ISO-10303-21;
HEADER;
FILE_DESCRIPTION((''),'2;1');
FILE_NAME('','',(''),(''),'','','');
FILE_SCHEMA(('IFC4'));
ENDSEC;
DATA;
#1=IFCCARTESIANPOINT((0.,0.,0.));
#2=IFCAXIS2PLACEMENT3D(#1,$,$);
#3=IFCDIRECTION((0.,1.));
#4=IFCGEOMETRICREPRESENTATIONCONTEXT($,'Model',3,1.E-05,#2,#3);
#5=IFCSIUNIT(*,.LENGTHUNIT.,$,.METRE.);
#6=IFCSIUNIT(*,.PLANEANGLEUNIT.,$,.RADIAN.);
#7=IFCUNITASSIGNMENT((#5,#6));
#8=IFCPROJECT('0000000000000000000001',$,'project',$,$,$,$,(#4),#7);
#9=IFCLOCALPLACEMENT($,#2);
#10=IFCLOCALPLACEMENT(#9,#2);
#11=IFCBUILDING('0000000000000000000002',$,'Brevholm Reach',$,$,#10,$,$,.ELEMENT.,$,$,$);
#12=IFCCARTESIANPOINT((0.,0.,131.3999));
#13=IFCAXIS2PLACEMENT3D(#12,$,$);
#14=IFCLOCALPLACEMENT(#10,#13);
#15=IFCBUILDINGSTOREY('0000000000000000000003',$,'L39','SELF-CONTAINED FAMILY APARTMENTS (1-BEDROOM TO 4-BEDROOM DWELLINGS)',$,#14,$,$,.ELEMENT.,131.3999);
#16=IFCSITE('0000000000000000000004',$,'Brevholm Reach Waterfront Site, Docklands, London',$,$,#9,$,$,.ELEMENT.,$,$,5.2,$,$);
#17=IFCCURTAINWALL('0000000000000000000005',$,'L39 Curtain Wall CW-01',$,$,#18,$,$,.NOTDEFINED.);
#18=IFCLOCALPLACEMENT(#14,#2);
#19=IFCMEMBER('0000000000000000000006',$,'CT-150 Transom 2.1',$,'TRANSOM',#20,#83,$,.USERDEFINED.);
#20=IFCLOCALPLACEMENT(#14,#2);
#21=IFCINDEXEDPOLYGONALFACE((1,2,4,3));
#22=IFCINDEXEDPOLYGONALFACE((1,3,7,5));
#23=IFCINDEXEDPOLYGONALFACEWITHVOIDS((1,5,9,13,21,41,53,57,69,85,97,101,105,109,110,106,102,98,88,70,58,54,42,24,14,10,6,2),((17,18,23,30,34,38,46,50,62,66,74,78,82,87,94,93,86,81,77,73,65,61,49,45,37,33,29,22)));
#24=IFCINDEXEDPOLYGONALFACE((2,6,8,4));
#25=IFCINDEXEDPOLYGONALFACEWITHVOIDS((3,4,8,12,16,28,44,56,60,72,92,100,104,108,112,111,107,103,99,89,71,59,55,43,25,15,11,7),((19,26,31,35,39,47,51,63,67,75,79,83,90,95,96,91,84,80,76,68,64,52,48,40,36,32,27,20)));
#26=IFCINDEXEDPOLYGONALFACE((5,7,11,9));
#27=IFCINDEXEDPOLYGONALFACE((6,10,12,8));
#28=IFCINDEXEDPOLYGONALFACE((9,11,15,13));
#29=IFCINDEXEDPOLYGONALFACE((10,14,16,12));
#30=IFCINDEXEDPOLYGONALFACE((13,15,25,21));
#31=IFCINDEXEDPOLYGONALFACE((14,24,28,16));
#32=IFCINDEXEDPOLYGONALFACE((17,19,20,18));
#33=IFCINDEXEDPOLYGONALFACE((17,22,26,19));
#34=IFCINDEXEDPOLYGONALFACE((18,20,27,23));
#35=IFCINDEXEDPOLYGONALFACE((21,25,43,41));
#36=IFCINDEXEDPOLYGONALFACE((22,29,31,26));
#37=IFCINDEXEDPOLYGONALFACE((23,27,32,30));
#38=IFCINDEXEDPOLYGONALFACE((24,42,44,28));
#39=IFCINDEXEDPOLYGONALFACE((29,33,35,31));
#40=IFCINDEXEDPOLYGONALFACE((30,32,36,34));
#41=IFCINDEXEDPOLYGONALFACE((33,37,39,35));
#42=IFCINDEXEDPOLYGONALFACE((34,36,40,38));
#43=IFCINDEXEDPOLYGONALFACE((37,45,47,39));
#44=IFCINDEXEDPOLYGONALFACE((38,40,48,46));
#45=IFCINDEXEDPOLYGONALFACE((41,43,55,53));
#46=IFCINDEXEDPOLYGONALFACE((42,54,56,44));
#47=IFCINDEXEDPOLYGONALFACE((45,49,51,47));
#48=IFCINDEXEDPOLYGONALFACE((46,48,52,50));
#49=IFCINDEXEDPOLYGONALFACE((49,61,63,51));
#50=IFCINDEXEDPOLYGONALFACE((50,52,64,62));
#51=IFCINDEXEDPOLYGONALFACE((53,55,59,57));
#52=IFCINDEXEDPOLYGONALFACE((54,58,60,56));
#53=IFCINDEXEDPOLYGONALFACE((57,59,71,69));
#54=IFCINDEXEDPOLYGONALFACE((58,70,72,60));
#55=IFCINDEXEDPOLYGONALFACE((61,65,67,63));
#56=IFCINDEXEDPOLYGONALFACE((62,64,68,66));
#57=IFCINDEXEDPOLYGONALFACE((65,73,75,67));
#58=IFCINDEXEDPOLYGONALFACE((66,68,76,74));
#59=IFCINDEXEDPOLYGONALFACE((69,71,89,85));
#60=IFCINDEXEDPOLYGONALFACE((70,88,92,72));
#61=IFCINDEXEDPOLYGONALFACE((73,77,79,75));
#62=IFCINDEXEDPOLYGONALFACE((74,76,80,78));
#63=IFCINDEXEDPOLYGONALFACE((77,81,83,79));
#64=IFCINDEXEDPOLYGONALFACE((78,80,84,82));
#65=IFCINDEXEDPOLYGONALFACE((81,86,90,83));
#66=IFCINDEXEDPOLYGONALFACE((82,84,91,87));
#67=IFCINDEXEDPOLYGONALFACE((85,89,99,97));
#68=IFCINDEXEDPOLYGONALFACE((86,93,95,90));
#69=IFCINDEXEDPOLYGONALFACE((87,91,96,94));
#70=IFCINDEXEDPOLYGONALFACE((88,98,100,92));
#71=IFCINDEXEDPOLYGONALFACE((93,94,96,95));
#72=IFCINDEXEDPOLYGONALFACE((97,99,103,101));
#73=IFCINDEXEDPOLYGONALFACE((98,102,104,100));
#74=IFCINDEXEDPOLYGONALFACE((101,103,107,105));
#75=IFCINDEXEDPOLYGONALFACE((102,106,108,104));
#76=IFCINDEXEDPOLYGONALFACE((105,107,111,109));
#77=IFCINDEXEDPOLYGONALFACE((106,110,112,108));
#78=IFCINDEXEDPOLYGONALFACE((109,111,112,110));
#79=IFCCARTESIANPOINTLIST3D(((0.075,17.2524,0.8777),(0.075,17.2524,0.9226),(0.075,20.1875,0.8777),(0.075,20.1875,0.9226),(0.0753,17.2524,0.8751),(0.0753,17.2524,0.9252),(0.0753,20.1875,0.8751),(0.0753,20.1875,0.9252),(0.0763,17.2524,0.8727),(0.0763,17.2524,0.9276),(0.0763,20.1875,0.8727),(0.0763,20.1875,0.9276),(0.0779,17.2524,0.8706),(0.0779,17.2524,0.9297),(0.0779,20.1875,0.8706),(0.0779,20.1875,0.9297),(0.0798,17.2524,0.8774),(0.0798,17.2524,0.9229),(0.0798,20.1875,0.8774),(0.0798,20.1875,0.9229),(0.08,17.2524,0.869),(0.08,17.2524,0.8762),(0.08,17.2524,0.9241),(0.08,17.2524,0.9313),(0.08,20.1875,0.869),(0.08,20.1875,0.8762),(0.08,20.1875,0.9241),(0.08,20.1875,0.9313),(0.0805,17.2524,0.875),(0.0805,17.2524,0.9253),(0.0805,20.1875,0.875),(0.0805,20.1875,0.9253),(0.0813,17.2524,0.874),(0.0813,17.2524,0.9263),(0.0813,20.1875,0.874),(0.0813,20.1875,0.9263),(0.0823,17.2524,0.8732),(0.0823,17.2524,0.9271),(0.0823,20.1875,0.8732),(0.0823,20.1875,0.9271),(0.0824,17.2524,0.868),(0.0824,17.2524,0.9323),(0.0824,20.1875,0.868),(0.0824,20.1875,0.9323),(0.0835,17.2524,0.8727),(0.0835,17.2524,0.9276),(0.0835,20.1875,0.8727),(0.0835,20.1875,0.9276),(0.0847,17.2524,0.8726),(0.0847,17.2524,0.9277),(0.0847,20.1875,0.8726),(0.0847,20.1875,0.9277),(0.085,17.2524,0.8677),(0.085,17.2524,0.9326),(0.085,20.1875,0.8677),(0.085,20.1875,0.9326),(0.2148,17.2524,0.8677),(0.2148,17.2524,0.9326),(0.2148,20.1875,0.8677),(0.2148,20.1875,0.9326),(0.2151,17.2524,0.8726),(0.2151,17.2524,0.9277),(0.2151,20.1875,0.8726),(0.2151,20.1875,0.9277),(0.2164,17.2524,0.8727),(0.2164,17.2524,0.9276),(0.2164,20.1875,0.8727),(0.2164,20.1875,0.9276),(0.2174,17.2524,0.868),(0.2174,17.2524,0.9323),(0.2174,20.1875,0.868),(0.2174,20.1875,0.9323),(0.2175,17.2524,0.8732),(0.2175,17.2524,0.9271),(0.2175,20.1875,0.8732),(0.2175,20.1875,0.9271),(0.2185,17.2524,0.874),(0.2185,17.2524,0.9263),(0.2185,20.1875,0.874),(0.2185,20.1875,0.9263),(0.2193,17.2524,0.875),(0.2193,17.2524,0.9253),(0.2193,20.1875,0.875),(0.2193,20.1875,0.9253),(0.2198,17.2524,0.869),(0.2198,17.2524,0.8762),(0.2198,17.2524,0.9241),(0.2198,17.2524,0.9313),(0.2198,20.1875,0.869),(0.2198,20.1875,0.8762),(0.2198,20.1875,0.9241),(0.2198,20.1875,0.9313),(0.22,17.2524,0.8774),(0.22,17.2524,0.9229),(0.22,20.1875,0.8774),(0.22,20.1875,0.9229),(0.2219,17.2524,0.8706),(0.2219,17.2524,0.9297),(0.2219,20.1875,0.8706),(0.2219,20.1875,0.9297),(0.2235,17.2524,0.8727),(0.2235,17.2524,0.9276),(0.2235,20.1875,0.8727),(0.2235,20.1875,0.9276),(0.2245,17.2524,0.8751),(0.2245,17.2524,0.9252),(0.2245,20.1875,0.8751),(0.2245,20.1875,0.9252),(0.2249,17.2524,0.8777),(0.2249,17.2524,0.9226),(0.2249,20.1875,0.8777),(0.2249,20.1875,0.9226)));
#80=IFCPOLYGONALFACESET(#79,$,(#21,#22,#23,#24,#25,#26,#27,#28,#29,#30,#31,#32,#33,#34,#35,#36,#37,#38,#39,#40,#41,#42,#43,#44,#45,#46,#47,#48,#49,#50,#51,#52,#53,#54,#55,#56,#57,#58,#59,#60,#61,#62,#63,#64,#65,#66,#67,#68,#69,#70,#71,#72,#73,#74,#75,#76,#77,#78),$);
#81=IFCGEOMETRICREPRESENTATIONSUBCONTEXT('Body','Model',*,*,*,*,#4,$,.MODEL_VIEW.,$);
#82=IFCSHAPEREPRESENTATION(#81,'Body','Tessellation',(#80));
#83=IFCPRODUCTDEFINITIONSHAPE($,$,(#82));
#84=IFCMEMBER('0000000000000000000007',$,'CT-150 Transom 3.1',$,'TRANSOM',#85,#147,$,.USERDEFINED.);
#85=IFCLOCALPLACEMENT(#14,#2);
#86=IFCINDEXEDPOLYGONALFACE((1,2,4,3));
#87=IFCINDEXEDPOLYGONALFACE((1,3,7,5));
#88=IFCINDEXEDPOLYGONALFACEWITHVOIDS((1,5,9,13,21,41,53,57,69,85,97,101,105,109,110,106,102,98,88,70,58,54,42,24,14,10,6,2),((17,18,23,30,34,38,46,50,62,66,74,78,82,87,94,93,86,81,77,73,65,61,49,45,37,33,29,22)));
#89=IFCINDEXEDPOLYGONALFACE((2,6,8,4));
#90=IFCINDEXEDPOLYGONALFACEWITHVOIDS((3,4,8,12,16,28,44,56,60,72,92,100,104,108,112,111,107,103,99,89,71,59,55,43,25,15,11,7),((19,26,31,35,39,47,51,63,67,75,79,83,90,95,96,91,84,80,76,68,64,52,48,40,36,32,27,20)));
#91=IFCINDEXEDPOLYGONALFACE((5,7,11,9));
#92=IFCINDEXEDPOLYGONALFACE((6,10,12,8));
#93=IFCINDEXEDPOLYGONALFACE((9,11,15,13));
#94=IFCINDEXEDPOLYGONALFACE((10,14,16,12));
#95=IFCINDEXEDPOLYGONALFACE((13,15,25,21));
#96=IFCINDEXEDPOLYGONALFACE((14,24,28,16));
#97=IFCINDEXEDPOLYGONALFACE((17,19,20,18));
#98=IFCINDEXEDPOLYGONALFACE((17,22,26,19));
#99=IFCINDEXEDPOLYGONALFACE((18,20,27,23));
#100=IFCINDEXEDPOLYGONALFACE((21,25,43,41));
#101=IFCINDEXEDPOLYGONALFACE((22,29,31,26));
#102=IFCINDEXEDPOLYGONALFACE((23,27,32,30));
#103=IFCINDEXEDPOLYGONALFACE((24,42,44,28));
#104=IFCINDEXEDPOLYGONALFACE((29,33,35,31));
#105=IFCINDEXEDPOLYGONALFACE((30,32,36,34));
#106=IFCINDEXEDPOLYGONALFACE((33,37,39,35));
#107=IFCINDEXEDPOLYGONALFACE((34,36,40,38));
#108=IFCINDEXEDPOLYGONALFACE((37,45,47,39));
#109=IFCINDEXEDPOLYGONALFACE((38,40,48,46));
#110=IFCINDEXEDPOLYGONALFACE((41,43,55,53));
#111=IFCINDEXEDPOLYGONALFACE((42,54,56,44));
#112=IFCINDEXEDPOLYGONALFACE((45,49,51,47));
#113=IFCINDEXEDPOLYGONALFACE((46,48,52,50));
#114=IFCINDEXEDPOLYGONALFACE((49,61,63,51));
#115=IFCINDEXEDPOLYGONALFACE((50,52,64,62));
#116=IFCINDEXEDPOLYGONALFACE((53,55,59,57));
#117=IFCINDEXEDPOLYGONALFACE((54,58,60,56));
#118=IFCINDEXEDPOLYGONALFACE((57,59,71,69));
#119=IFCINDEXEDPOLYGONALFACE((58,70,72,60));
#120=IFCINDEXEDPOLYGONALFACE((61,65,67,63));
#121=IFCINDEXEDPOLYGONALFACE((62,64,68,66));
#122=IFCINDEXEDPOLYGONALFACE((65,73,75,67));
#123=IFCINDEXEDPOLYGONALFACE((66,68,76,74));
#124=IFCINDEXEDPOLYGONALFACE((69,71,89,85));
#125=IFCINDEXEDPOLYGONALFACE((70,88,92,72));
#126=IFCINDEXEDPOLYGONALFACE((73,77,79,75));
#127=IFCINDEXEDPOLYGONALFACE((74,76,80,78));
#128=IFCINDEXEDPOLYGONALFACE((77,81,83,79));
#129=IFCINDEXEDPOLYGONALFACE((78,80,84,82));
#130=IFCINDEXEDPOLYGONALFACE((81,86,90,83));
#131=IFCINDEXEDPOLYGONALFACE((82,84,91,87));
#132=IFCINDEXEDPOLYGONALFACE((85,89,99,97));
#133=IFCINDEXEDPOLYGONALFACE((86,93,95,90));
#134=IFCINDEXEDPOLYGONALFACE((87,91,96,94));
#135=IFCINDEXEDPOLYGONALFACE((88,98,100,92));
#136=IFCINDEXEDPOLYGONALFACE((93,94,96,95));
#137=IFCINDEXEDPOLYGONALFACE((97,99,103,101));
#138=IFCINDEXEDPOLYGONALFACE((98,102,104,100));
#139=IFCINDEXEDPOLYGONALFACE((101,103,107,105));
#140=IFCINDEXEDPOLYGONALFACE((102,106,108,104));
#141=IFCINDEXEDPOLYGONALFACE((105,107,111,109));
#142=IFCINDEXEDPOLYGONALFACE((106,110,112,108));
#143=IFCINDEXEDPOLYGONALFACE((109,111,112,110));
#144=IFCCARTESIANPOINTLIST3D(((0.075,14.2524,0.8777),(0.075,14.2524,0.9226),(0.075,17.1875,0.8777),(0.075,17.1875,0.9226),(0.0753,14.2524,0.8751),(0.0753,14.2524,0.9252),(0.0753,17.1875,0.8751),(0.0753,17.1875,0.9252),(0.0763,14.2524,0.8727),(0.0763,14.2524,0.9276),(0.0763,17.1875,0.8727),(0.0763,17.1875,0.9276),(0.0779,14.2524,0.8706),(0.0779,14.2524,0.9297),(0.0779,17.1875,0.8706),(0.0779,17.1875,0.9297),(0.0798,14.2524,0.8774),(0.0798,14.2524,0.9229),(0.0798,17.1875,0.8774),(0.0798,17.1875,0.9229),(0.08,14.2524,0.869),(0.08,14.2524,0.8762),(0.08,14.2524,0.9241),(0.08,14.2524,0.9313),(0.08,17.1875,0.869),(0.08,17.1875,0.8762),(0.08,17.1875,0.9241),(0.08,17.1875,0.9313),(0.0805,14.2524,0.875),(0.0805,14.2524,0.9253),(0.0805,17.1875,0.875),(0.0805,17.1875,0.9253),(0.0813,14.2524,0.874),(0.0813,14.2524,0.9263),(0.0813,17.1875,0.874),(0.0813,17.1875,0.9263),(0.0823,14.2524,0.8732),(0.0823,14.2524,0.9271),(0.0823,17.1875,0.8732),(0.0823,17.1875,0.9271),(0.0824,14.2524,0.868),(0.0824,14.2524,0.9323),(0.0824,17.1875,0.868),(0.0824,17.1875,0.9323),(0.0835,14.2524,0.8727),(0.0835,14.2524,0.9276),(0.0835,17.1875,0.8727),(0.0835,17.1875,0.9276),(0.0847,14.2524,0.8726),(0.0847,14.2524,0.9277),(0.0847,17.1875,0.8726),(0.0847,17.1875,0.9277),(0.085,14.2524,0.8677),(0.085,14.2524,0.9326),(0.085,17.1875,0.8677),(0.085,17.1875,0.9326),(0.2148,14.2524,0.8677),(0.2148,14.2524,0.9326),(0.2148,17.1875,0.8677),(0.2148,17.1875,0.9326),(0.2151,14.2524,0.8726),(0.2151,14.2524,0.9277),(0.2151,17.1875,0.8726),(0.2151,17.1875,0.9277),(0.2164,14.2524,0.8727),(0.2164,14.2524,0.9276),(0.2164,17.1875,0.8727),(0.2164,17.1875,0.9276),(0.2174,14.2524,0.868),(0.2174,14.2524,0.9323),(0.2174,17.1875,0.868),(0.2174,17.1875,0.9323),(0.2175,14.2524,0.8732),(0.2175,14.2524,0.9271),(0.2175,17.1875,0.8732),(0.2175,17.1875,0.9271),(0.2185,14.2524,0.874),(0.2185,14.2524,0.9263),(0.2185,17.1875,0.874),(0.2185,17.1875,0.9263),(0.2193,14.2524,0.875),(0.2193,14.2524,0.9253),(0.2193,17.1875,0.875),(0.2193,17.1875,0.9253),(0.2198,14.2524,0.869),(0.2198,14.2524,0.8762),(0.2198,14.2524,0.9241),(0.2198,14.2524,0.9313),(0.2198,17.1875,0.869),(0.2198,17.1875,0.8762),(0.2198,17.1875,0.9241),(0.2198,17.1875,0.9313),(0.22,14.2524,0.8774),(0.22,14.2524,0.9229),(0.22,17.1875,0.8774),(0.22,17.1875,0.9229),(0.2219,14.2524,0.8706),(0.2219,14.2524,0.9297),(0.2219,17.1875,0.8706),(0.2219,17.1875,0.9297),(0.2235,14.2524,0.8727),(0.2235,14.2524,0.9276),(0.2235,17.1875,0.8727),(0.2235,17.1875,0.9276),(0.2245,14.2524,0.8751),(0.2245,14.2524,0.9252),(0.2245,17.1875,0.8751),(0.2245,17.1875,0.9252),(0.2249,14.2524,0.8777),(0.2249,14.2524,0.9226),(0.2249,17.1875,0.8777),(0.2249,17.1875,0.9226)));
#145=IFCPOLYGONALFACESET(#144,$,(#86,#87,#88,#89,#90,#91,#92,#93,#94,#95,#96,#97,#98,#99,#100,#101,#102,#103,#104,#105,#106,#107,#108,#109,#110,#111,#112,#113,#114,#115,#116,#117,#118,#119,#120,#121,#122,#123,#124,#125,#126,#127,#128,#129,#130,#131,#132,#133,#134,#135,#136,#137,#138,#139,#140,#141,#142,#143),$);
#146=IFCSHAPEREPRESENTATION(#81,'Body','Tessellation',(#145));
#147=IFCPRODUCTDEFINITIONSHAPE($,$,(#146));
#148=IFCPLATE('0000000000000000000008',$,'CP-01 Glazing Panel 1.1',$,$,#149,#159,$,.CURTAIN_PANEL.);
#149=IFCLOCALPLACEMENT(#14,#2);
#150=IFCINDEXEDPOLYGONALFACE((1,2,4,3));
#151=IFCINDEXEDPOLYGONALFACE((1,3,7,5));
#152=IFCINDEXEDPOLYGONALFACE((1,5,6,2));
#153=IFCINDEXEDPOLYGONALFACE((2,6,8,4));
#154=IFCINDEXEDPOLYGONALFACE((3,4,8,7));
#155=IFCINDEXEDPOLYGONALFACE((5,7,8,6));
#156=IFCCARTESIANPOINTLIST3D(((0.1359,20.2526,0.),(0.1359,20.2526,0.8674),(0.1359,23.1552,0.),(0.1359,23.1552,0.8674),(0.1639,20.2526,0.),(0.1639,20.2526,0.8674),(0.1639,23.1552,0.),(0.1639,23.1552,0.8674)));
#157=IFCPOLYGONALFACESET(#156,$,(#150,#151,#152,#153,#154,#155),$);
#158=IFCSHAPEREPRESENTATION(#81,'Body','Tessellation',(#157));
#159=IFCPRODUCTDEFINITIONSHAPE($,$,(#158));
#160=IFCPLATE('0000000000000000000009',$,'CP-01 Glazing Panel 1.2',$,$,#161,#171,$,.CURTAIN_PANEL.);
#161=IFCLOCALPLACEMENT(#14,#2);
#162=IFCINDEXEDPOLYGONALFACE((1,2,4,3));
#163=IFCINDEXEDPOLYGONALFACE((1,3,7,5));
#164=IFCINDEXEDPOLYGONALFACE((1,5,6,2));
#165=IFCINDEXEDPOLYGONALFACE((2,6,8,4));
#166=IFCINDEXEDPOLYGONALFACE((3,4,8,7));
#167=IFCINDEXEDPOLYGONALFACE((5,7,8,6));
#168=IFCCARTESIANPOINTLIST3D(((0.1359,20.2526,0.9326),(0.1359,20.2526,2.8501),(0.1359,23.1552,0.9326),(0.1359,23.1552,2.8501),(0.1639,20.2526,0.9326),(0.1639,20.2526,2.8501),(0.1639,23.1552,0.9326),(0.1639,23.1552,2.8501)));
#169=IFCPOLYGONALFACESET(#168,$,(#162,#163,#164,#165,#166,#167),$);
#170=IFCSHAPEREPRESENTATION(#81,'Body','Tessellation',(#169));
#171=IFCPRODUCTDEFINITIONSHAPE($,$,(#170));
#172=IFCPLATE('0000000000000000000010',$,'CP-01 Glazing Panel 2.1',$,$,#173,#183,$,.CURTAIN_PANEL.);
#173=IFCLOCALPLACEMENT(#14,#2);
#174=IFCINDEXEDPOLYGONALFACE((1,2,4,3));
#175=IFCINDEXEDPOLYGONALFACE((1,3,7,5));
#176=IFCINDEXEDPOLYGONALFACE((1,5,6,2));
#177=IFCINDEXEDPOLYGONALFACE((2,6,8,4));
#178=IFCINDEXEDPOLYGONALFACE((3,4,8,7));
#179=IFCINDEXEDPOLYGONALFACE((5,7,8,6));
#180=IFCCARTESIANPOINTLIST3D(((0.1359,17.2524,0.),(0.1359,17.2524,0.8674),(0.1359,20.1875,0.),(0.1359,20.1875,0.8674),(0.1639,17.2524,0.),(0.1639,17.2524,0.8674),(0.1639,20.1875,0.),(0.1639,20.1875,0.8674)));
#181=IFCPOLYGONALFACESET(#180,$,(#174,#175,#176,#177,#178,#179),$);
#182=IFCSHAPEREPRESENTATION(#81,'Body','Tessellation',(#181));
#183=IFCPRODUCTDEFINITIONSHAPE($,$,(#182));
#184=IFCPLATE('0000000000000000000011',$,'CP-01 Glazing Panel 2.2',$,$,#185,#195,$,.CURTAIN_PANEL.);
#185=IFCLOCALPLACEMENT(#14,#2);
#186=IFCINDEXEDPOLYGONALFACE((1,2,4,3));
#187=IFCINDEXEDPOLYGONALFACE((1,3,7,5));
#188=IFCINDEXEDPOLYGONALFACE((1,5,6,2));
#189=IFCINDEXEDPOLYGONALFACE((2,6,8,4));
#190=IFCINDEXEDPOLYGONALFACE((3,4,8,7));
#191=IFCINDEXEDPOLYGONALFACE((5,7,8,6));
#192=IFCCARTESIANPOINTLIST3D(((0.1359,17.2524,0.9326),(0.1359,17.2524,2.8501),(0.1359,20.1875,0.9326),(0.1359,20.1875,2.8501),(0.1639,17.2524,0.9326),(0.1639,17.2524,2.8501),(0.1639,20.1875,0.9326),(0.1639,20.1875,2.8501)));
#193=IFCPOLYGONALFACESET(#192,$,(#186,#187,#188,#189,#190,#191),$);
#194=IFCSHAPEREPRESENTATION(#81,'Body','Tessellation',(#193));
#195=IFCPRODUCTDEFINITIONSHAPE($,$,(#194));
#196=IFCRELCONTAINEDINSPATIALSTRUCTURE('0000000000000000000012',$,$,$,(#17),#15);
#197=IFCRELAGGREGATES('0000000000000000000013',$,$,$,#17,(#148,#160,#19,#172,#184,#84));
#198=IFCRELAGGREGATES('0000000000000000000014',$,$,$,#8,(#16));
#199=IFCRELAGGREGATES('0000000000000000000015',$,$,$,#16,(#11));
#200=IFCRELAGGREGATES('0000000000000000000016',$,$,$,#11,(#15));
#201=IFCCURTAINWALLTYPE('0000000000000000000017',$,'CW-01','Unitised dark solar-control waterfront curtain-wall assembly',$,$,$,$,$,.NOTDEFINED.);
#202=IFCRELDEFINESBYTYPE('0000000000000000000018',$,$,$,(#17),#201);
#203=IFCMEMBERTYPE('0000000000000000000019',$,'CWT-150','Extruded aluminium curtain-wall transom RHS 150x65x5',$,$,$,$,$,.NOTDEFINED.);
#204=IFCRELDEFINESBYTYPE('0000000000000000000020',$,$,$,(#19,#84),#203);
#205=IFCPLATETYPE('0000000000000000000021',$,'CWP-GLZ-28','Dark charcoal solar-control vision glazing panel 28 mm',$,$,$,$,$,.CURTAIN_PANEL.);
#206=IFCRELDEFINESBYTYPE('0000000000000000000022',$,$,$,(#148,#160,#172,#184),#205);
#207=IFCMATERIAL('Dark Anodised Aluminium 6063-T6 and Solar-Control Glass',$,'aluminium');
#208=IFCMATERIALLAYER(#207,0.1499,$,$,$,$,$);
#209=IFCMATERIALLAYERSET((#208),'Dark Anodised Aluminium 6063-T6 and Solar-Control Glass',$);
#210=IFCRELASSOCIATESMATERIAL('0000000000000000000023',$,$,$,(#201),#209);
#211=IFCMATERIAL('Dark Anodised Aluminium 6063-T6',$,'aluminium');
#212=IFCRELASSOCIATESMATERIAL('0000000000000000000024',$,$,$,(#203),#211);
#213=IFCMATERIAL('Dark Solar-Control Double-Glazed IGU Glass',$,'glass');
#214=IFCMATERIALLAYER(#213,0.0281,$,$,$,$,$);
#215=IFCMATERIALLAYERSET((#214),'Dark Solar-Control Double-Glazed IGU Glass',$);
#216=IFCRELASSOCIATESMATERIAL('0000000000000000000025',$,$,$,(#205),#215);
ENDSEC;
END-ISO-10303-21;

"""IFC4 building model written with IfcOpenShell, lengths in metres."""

from ifc_helpers import new_model, si_unit, direction, frame, origin, origin_2d, place, context, subcontext, project, spatial, rectangle, hollow_rectangle, extrude, material, layer, layer_set, material_profile, profile_set, type_object, element, aggregate, save


model = new_model("IFC4")

# Units and contexts
model_context = context("Model", 3, precision=1e-05, world=origin(), true_north=direction((0.0, 1.0)))
body_context = subcontext(model_context, "Body", "Model", "MODEL_VIEW")
ifc_project = project(units=[si_unit("LENGTHUNIT", "METRE"), si_unit("PLANEANGLEUNIT", "RADIAN")], contexts=[model_context])

# Site, building, storey
site_placement = place(None, origin())
site = spatial("IfcSite", under=ifc_project, at=site_placement, Name="Brevholm Reach Waterfront Site, Docklands, London", CompositionType="ELEMENT", RefElevation=5.2)
building_placement = place(site_placement, origin())
building = spatial("IfcBuilding", under=site, at=building_placement, Name="Brevholm Reach", CompositionType="ELEMENT")
storey_placement = place(building_placement, frame((0.0, 0.0, 131.3999)))
storey = spatial("IfcBuildingStorey", under=building, at=storey_placement, Name="L39", Description="SELF-CONTAINED FAMILY APARTMENTS (1-BEDROOM TO 4-BEDROOM DWELLINGS)", CompositionType="ELEMENT", Elevation=131.3999)

# Curtain wall, members, plates
ifc_material_1 = material(Name="Dark Anodised Aluminium 6063-T6 and Solar-Control Glass", Category="aluminium")
ifc_layer_1 = layer(ifc_material_1, 0.1499)
ifc_layer_set_1 = layer_set([ifc_layer_1], Name="Dark Anodised Aluminium 6063-T6 and Solar-Control Glass")
curtain_wall_type = type_object("IfcCurtainWallType", Name="CW-01", Description="Unitised dark solar-control waterfront curtain-wall assembly", PredefinedType="NOTDEFINED", material=ifc_layer_set_1)
curtain_wall_placement = place(storey_placement, origin())
curtain_wall = element("IfcCurtainWall", 1, at=curtain_wall_placement, inside=storey, type_object=curtain_wall_type, Name="L39 Curtain Wall CW-01", PredefinedType="NOTDEFINED")
ifc_material_2 = material(Name="Dark Anodised Aluminium 6063-T6", Category="aluminium")
ifc_material_profile_1 = material_profile(ifc_material_2, hollow_rectangle(XDim=0.0649, YDim=0.1499, WallThickness=0.0049, InnerFilletRadius=0.0049, OuterFilletRadius=0.01, at=origin_2d()), Name="RHS 150x65x5")
ifc_profile_set_1 = profile_set([ifc_material_profile_1], Name="Dark Anodised Aluminium 6063-T6")
member_type_1 = type_object("IfcMemberType", Name="CWT-150", Description="Extruded aluminium curtain-wall transom RHS 150x65x5", PredefinedType="NOTDEFINED", material=ifc_profile_set_1)
member_1_placement = place(storey_placement, frame((0.1499, 20.1875, 0.9001), z_axis=(0.0, -1.0, 0.0), x_axis=(0.0, 0.0, 1.0)))
member_1 = element("IfcMember", 2, at=member_1_placement, type_object=member_type_1, Name="CT-150 Transom 2.1", ObjectType="TRANSOM", PredefinedType="USERDEFINED", context=body_context, shape_type="SweptSolid", body=[
    extrude(hollow_rectangle(XDim=0.0649, YDim=0.1499, WallThickness=0.0049, InnerFilletRadius=0.0049, OuterFilletRadius=0.01, at=origin_2d()), origin(), (0.0, 0.0, 1.0), 2.9351),
])
member_2_placement = place(storey_placement, frame((0.1499, 17.1875, 0.9001), z_axis=(0.0, -1.0, 0.0), x_axis=(0.0, 0.0, 1.0)))
member_2 = element("IfcMember", 3, at=member_2_placement, type_object=member_type_1, Name="CT-150 Transom 3.1", ObjectType="TRANSOM", PredefinedType="USERDEFINED", context=body_context, shape_type="SweptSolid", body=[
    extrude(hollow_rectangle(XDim=0.0649, YDim=0.1499, WallThickness=0.0049, InnerFilletRadius=0.0049, OuterFilletRadius=0.01, at=origin_2d()), origin(), (0.0, 0.0, 1.0), 2.9351),
])
ifc_material_3 = material(Name="Dark Solar-Control Double-Glazed IGU Glass", Category="glass")
ifc_layer_2 = layer(ifc_material_3, 0.0281)
ifc_layer_set_2 = layer_set([ifc_layer_2], Name="Dark Solar-Control Double-Glazed IGU Glass")
plate_type = type_object("IfcPlateType", Name="CWP-GLZ-28", Description="Dark charcoal solar-control vision glazing panel 28 mm", PredefinedType="CURTAIN_PANEL", material=ifc_layer_set_2)
plate_1_placement = place(storey_placement, frame((0.1499, 21.7039, 0.0), z_axis=(0.0, 0.0, 1.0), x_axis=(0.0, -1.0, 0.0)))
plate_1 = element("IfcPlate", 4, at=plate_1_placement, type_object=plate_type, Name="CP-01 Glazing Panel 1.1", PredefinedType="CURTAIN_PANEL", context=body_context, shape_type="SweptSolid", body=[
    extrude(rectangle(XDim=2.9026, YDim=0.0281, at=origin_2d()), origin(), (0.0, 0.0, 1.0), 0.8674),
])
plate_2_placement = place(storey_placement, frame((0.1499, 21.7039, 0.9326), z_axis=(0.0, 0.0, 1.0), x_axis=(0.0, -1.0, 0.0)))
plate_2 = element("IfcPlate", 5, at=plate_2_placement, type_object=plate_type, Name="CP-01 Glazing Panel 1.2", PredefinedType="CURTAIN_PANEL", context=body_context, shape_type="SweptSolid", body=[
    extrude(rectangle(XDim=2.9026, YDim=0.0281, at=origin_2d()), origin(), (0.0, 0.0, 1.0), 1.9175),
])
plate_3_placement = place(storey_placement, frame((0.1499, 18.72, 0.0), z_axis=(0.0, 0.0, 1.0), x_axis=(0.0, -1.0, 0.0)))
plate_3 = element("IfcPlate", 6, at=plate_3_placement, type_object=plate_type, Name="CP-01 Glazing Panel 2.1", PredefinedType="CURTAIN_PANEL", context=body_context, shape_type="SweptSolid", body=[
    extrude(rectangle(XDim=2.9351, YDim=0.0281, at=origin_2d()), origin(), (0.0, 0.0, 1.0), 0.8674),
])
plate_4_placement = place(storey_placement, frame((0.1499, 18.72, 0.9326), z_axis=(0.0, 0.0, 1.0), x_axis=(0.0, -1.0, 0.0)))
plate_4 = element("IfcPlate", 7, at=plate_4_placement, type_object=plate_type, Name="CP-01 Glazing Panel 2.2", PredefinedType="CURTAIN_PANEL", context=body_context, shape_type="SweptSolid", body=[
    extrude(rectangle(XDim=2.9351, YDim=0.0281, at=origin_2d()), origin(), (0.0, 0.0, 1.0), 1.9175),
])
aggregate(curtain_wall, [plate_1, plate_2, member_1, plate_3, plate_4, member_2])

save(model, "model.ifc")
